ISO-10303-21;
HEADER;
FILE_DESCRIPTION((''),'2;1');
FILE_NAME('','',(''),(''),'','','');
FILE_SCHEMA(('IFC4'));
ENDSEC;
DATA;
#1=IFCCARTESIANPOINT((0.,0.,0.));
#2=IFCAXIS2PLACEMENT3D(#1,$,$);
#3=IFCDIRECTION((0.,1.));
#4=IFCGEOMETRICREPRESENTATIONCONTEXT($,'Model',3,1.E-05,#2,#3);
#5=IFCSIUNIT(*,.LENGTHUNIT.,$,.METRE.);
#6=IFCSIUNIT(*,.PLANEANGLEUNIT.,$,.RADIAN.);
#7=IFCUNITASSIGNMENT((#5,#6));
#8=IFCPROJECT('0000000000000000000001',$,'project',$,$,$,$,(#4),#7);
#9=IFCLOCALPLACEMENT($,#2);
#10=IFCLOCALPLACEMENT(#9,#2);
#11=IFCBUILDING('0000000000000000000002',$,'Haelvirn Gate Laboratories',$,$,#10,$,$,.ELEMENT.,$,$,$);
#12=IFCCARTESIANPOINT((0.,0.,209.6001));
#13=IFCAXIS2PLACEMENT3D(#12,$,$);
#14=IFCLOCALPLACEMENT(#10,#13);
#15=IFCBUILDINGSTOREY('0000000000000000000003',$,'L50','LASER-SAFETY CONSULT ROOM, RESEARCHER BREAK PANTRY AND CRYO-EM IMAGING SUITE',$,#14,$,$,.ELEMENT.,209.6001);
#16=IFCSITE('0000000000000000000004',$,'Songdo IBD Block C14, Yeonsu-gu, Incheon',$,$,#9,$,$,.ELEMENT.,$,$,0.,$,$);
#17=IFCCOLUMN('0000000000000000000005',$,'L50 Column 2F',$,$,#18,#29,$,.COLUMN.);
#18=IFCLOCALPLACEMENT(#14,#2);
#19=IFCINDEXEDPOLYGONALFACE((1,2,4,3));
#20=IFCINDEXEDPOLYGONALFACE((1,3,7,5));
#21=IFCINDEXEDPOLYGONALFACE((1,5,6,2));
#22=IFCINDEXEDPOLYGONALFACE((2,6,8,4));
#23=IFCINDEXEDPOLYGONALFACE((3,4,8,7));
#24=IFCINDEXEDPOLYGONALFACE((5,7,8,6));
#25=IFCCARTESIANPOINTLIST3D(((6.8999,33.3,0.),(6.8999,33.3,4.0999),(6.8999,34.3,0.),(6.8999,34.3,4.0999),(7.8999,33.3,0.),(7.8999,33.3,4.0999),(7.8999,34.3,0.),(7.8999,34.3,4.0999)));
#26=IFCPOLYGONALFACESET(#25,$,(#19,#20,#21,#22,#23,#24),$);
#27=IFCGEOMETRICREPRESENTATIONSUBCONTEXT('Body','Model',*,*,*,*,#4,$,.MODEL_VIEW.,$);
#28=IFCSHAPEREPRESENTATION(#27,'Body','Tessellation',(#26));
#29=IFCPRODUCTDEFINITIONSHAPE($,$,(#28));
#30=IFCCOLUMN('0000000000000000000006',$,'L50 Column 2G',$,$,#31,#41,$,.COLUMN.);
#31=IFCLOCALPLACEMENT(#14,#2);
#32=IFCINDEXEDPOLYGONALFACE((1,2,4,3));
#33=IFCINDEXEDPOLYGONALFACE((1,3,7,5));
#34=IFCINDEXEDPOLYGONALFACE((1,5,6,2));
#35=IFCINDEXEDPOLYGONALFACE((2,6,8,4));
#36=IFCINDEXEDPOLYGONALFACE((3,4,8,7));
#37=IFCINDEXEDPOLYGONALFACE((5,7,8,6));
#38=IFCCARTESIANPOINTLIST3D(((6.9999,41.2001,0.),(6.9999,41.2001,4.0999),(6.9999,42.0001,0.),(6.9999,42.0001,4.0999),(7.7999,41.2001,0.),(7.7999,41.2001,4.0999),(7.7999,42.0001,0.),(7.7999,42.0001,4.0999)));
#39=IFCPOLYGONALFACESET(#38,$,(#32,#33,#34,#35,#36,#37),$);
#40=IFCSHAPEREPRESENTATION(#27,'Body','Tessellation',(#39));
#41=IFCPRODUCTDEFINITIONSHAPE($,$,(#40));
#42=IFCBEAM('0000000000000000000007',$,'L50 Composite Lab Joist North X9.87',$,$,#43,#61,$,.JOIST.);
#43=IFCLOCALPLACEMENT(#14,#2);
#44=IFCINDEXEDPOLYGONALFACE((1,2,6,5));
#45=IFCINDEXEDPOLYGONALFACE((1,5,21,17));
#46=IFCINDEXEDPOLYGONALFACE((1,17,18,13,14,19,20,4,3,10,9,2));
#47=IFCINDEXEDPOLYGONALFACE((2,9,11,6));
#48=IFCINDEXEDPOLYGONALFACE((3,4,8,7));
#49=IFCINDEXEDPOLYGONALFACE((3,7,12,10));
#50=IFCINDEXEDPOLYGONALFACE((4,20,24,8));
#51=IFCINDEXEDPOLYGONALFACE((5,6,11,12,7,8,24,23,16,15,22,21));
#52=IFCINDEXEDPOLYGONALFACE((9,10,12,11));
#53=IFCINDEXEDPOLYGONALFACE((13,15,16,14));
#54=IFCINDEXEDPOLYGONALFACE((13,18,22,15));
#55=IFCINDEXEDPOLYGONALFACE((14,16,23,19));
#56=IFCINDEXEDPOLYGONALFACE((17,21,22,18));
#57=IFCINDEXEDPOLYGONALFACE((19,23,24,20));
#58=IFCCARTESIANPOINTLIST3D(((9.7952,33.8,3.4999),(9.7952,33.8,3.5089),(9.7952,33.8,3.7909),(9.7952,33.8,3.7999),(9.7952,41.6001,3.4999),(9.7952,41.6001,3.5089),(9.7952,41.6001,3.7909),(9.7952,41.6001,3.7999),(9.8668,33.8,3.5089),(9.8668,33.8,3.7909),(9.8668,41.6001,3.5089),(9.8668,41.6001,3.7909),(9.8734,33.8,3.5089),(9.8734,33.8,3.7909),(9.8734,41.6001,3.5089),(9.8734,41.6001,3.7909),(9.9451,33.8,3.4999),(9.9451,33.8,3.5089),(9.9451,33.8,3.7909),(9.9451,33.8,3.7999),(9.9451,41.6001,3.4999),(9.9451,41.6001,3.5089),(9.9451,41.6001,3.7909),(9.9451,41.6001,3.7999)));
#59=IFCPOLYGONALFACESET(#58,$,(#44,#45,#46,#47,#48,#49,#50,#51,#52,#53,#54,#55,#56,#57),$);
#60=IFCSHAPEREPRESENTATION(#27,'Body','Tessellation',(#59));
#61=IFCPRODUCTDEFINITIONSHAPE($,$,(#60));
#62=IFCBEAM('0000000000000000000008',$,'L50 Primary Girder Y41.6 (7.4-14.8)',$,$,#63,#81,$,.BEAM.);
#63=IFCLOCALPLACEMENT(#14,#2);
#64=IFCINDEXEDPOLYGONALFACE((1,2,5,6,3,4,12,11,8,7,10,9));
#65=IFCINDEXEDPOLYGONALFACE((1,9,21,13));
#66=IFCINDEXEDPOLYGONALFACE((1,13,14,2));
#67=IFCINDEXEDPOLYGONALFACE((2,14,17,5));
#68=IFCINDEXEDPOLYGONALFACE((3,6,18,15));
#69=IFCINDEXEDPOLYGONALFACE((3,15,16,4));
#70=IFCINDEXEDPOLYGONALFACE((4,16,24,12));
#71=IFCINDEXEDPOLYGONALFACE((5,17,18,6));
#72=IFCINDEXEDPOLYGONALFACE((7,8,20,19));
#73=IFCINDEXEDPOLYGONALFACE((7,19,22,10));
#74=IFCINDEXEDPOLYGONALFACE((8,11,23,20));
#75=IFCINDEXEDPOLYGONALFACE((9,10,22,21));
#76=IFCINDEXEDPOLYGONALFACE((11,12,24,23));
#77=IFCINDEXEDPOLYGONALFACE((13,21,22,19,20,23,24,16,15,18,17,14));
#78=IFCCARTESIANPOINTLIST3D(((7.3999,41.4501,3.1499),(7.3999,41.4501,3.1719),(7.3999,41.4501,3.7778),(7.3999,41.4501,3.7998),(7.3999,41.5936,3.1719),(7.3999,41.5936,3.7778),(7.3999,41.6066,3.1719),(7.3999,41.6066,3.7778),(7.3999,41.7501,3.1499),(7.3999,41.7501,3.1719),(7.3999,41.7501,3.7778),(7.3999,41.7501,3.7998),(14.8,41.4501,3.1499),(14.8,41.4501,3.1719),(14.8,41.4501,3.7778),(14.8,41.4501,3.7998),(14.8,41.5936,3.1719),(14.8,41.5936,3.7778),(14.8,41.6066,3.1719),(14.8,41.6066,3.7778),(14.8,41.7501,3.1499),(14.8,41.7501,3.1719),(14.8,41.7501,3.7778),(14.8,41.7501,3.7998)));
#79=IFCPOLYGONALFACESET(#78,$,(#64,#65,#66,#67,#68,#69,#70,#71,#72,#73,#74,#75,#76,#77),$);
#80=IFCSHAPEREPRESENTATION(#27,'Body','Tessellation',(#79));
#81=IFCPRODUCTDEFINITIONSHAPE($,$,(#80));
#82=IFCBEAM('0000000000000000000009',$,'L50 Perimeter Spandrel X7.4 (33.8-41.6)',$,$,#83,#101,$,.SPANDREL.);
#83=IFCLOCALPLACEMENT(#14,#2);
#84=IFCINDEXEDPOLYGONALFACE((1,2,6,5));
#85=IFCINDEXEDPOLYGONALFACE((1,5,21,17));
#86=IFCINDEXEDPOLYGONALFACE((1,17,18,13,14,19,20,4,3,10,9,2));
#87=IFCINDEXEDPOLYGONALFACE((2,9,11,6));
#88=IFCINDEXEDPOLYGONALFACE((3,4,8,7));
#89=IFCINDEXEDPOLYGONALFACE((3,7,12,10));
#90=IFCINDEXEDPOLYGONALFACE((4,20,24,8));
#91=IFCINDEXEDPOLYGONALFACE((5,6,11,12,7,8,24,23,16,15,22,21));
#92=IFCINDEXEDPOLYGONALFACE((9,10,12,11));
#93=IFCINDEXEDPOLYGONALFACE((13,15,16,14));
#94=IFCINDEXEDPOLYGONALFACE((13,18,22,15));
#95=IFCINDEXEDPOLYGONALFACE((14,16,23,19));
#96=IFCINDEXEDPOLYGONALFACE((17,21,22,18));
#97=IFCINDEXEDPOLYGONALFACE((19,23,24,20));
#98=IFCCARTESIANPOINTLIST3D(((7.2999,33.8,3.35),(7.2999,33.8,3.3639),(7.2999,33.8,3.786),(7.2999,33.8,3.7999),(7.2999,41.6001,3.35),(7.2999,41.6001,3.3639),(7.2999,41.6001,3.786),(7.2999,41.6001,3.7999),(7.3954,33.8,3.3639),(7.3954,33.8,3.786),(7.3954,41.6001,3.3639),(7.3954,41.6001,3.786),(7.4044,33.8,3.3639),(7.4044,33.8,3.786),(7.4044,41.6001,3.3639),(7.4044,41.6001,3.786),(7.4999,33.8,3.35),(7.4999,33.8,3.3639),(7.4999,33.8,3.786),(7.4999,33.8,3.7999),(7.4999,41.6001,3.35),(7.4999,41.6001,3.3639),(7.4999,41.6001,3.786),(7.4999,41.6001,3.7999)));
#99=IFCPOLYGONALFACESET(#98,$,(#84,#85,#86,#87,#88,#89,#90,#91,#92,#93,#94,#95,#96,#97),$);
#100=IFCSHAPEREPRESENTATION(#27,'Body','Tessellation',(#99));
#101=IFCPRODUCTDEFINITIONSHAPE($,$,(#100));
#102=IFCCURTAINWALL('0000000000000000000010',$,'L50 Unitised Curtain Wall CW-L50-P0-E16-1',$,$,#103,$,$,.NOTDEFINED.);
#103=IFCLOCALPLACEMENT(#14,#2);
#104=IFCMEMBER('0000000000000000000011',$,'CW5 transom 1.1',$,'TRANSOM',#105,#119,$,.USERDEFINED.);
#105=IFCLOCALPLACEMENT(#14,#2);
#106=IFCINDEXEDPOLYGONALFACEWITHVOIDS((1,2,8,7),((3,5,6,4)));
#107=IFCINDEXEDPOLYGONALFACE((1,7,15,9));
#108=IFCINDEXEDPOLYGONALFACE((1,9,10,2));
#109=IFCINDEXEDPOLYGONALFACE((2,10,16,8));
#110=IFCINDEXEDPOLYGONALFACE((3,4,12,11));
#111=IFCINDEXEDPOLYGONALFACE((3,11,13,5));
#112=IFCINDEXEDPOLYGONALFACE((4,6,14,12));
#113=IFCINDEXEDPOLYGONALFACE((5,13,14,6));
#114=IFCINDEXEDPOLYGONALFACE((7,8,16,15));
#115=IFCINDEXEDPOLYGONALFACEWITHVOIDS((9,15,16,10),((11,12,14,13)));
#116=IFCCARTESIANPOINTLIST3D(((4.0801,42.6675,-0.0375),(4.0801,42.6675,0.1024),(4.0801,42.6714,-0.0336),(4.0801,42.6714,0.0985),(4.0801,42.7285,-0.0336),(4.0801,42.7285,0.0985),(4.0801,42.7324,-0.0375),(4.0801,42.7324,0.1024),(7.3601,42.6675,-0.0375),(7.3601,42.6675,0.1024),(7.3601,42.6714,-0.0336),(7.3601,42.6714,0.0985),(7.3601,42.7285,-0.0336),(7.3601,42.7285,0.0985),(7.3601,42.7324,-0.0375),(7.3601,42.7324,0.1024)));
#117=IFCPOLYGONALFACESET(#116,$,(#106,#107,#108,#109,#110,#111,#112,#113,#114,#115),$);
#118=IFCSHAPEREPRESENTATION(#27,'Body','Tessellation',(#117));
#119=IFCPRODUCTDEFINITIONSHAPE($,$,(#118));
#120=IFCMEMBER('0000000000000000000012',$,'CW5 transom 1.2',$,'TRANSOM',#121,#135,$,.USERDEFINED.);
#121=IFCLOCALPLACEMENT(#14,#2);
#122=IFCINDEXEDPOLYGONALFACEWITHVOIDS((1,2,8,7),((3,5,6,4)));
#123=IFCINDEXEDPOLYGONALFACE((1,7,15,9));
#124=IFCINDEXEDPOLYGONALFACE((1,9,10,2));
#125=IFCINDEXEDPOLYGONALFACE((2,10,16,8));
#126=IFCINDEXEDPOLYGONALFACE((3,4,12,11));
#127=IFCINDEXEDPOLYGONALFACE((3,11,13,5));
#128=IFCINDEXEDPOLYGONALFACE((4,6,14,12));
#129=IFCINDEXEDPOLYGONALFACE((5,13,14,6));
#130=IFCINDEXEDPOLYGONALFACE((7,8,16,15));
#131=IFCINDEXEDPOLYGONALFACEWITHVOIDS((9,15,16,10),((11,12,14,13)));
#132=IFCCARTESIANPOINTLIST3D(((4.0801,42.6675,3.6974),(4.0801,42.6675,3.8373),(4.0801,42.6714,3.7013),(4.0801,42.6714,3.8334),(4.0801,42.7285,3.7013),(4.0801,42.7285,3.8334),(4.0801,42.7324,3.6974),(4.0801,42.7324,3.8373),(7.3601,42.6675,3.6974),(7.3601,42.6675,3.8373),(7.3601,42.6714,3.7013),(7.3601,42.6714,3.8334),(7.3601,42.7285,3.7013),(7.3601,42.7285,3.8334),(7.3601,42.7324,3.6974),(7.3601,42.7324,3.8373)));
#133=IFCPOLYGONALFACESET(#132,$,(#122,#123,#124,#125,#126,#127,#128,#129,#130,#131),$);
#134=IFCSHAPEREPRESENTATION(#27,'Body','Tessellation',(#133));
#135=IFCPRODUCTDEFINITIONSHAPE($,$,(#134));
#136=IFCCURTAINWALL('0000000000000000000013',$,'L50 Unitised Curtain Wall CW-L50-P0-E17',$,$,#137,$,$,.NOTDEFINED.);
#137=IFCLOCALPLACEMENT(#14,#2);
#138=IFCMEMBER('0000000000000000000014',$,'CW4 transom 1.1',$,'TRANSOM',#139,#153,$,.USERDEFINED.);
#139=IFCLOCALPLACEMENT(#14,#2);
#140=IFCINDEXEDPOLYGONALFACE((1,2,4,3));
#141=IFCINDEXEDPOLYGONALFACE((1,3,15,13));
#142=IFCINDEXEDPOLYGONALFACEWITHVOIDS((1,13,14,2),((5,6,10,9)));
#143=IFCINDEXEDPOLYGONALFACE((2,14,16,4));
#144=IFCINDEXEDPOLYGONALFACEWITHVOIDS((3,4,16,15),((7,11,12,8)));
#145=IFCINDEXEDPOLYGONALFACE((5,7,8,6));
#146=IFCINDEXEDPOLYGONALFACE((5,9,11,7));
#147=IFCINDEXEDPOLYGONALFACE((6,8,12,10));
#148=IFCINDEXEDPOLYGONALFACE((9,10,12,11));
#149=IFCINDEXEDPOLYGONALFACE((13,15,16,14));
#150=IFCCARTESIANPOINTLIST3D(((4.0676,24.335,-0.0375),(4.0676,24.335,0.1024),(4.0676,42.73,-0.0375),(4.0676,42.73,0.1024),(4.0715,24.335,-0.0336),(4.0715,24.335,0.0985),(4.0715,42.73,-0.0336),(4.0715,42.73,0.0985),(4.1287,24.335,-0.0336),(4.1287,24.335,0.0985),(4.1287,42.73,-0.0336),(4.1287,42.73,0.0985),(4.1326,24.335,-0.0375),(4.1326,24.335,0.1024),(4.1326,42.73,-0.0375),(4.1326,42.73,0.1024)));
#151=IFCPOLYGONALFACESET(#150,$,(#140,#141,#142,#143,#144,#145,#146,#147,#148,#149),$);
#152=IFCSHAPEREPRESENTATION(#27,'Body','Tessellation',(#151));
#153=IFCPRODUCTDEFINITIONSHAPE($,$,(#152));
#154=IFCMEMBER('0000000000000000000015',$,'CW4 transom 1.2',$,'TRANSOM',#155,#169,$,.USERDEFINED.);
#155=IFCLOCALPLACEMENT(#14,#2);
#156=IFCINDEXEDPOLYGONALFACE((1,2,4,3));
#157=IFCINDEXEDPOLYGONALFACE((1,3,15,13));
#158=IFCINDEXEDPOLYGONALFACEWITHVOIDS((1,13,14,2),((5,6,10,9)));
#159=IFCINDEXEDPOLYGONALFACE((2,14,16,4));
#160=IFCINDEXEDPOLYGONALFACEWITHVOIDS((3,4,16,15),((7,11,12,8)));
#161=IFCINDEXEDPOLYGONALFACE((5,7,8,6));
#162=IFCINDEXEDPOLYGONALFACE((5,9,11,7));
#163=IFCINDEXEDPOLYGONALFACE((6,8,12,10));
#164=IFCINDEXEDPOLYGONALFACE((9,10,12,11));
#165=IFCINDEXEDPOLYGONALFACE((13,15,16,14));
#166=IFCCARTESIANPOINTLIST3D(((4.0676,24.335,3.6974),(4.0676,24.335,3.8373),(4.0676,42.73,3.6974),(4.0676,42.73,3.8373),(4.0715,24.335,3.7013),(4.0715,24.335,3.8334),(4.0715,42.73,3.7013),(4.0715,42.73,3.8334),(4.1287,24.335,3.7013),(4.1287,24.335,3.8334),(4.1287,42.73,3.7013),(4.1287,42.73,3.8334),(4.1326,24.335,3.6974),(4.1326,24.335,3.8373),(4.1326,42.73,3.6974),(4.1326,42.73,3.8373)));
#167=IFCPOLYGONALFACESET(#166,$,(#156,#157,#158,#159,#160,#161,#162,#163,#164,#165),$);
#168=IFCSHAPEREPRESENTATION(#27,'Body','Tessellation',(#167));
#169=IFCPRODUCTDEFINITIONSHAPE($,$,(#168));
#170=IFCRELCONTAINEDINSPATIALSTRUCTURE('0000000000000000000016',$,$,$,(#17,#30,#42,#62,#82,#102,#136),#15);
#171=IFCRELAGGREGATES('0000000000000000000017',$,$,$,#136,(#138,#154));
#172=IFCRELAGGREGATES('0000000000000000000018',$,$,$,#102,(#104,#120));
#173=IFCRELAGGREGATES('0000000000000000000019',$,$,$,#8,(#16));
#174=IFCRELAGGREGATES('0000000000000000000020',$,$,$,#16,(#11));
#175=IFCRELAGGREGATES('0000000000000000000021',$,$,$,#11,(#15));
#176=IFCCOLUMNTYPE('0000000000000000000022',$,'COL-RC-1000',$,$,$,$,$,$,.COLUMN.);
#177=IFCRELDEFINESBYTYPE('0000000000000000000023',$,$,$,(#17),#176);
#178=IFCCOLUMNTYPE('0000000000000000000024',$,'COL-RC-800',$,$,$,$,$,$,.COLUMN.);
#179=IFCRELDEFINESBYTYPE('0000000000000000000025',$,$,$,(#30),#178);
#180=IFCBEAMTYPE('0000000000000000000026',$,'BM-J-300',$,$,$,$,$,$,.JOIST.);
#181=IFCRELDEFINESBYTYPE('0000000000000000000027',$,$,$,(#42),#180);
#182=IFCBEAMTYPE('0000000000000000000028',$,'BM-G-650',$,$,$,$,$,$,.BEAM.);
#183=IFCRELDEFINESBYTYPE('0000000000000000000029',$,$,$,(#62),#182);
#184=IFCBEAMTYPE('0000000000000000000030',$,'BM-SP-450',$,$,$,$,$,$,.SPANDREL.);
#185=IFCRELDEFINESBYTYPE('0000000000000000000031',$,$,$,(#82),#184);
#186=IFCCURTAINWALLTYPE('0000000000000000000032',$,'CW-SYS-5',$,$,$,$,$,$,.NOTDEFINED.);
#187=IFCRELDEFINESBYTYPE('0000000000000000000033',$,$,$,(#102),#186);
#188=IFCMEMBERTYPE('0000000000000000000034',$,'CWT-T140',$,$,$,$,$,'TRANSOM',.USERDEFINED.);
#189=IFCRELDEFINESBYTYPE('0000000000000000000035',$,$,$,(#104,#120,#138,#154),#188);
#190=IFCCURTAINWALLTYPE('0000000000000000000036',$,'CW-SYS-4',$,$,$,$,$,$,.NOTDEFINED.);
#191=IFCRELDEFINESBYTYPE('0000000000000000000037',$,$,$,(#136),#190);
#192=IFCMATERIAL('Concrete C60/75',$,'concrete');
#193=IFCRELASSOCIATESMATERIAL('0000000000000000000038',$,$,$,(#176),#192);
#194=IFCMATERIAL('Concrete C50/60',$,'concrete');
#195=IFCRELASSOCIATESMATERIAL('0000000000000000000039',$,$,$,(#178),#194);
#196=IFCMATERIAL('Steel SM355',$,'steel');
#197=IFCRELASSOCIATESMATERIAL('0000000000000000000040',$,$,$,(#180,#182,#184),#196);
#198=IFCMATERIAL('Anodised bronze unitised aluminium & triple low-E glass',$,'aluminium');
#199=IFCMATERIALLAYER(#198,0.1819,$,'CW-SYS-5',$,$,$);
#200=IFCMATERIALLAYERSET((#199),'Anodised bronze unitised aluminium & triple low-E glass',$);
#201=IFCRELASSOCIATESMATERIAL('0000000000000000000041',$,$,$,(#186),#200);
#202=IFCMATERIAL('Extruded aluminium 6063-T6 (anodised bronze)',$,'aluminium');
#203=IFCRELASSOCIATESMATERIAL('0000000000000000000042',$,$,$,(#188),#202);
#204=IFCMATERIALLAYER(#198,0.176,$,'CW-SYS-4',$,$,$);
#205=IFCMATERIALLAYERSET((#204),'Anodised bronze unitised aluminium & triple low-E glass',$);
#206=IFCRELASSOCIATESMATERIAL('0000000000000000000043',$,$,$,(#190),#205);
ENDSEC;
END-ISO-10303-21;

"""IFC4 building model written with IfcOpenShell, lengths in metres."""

from ifc_helpers import new_model, si_unit, direction, frame, origin, origin_2d, place, context, subcontext, project, spatial, rectangle, hollow_rectangle, i_section, extrude, source, transform, mapped, material, layer, layer_set, material_profile, profile_set, type_object, type_shapes, element, aggregate, save


model = new_model("IFC4")

# Units and contexts
model_context = context("Model", 3, precision=1e-05, world=origin(), true_north=direction((0.0, 1.0)))
body_context = subcontext(model_context, "Body", "Model", "MODEL_VIEW")
ifc_project = project(units=[si_unit("LENGTHUNIT", "METRE"), si_unit("PLANEANGLEUNIT", "RADIAN")], contexts=[model_context])

# Site, building, storey
site_placement = place(None, origin())
site = spatial("IfcSite", under=ifc_project, at=site_placement, Name="Songdo IBD Block C14, Yeonsu-gu, Incheon", CompositionType="ELEMENT", RefElevation=0.0)
building_placement = place(site_placement, origin())
building = spatial("IfcBuilding", under=site, at=building_placement, Name="Haelvirn Gate Laboratories", CompositionType="ELEMENT")
storey_placement = place(building_placement, frame((0.0, 0.0, 209.6001)))
storey = spatial("IfcBuildingStorey", under=building, at=storey_placement, Name="L50", Description="LASER-SAFETY CONSULT ROOM, RESEARCHER BREAK PANTRY AND CRYO-EM IMAGING SUITE", CompositionType="ELEMENT", Elevation=209.6001)

# Columns
ifc_material_1 = material(Name="Concrete C60/75", Category="concrete")
ifc_material_profile_1 = material_profile(ifc_material_1, rectangle(XDim=1.0, YDim=1.0, at=origin_2d()), Name="RC-1000x1000")
ifc_profile_set_1 = profile_set([ifc_material_profile_1], Name="Concrete C60/75")
column_type_1 = type_object("IfcColumnType", Name="COL-RC-1000", PredefinedType="COLUMN", material=ifc_profile_set_1)
shared_shape_1 = source(origin(), body_context, "Body", "SweptSolid", [
    extrude(rectangle(XDim=1.0, YDim=1.0, at=origin_2d()), origin(), (0.0, 0.0, 1.0), 4.0999),
])
type_shapes(column_type_1, [shared_shape_1])
column_1_placement = place(storey_placement, frame((7.3999, 33.8, 0.0), z_axis=(0.0, 0.0, 1.0), x_axis=(1.0, 0.0, 0.0)))
element("IfcColumn", 1, at=column_1_placement, inside=storey, type_object=column_type_1, Name="L50 Column 2F", PredefinedType="COLUMN", context=body_context, shape_type="MappedRepresentation", body=[
    mapped(shared_shape_1, transform((0.0, 0.0, 0.0), scale=1.0)),
])
ifc_material_2 = material(Name="Concrete C50/60", Category="concrete")
ifc_material_profile_2 = material_profile(ifc_material_2, rectangle(XDim=0.8, YDim=0.8, at=origin_2d()), Name="RC-800x800")
ifc_profile_set_2 = profile_set([ifc_material_profile_2], Name="Concrete C50/60")
column_type_2 = type_object("IfcColumnType", Name="COL-RC-800", PredefinedType="COLUMN", material=ifc_profile_set_2)
shared_shape_2 = source(origin(), body_context, "Body", "SweptSolid", [
    extrude(rectangle(XDim=0.8, YDim=0.8, at=origin_2d()), origin(), (0.0, 0.0, 1.0), 4.0999),
])
type_shapes(column_type_2, [shared_shape_2])
column_2_placement = place(storey_placement, frame((7.3999, 41.6001, 0.0), z_axis=(0.0, 0.0, 1.0), x_axis=(1.0, 0.0, 0.0)))
element("IfcColumn", 2, at=column_2_placement, inside=storey, type_object=column_type_2, Name="L50 Column 2G", PredefinedType="COLUMN", context=body_context, shape_type="MappedRepresentation", body=[
    mapped(shared_shape_2, transform((0.0, 0.0, 0.0), scale=1.0)),
])

# Beams
ifc_material_3 = material(Name="Steel SM355", Category="steel")
ifc_material_profile_3 = material_profile(ifc_material_3, i_section(OverallWidth=0.1499, OverallDepth=0.3, WebThickness=0.0066, FlangeThickness=0.009, at=origin_2d()), Name="H-300x150x6.5x9")
ifc_profile_set_3 = profile_set([ifc_material_profile_3], Name="Steel SM355")
beam_type_1 = type_object("IfcBeamType", Name="BM-J-300", PredefinedType="JOIST", material=ifc_profile_set_3)
shared_shape_3 = source(origin(), body_context, "Body", "SweptSolid", [
    extrude(i_section(OverallWidth=0.1499, OverallDepth=0.3, WebThickness=0.0066, FlangeThickness=0.009, at=origin_2d()), origin(), (0.0, 0.0, 1.0), 7.8),
])
type_shapes(beam_type_1, [shared_shape_3])
beam_1_placement = place(storey_placement, frame((9.8701, 33.8, 3.6499), z_axis=(0.0, 1.0, 0.0), x_axis=(-1.0, 0.0, 0.0)))
element("IfcBeam", 3, at=beam_1_placement, inside=storey, type_object=beam_type_1, Name="L50 Composite Lab Joist North X9.87", PredefinedType="JOIST", context=body_context, shape_type="MappedRepresentation", body=[
    mapped(shared_shape_3, transform((0.0, 0.0, 0.0), scale=1.0)),
])
ifc_material_profile_4 = material_profile(ifc_material_3, i_section(OverallWidth=0.3, OverallDepth=0.6499, WebThickness=0.0129, FlangeThickness=0.022, at=origin_2d()), Name="H-650x300x13x22")
ifc_profile_set_4 = profile_set([ifc_material_profile_4], Name="Steel SM355")
beam_type_2 = type_object("IfcBeamType", Name="BM-G-650", PredefinedType="BEAM", material=ifc_profile_set_4)
shared_shape_4 = source(origin(), body_context, "Body", "SweptSolid", [
    extrude(i_section(OverallWidth=0.3, OverallDepth=0.6499, WebThickness=0.0129, FlangeThickness=0.022, at=origin_2d()), origin(), (0.0, 0.0, 1.0), 7.4001),
])
type_shapes(beam_type_2, [shared_shape_4])
beam_2_placement = place(storey_placement, frame((7.3999, 41.6001, 3.4749), z_axis=(1.0, 0.0, 0.0), x_axis=(0.0, 1.0, 0.0)))
element("IfcBeam", 4, at=beam_2_placement, inside=storey, type_object=beam_type_2, Name="L50 Primary Girder Y41.6 (7.4-14.8)", PredefinedType="BEAM", context=body_context, shape_type="MappedRepresentation", body=[
    mapped(shared_shape_4, transform((0.0, 0.0, 0.0), scale=1.0)),
])
ifc_material_profile_5 = material_profile(ifc_material_3, i_section(OverallWidth=0.2, OverallDepth=0.45, WebThickness=0.009, FlangeThickness=0.0139, at=origin_2d()), Name="H-450x200x9x14")
ifc_profile_set_5 = profile_set([ifc_material_profile_5], Name="Steel SM355")
beam_type_3 = type_object("IfcBeamType", Name="BM-SP-450", PredefinedType="SPANDREL", material=ifc_profile_set_5)
shared_shape_5 = source(origin(), body_context, "Body", "SweptSolid", [
    extrude(i_section(OverallWidth=0.2, OverallDepth=0.45, WebThickness=0.009, FlangeThickness=0.0139, at=origin_2d()), origin(), (0.0, 0.0, 1.0), 7.8),
])
type_shapes(beam_type_3, [shared_shape_5])
beam_3_placement = place(storey_placement, frame((7.3999, 33.8, 3.575), z_axis=(0.0, 1.0, 0.0), x_axis=(-1.0, 0.0, 0.0)))
element("IfcBeam", 5, at=beam_3_placement, inside=storey, type_object=beam_type_3, Name="L50 Perimeter Spandrel X7.4 (33.8-41.6)", PredefinedType="SPANDREL", context=body_context, shape_type="MappedRepresentation", body=[
    mapped(shared_shape_5, transform((0.0, 0.0, 0.0), scale=1.0)),
])

# Curtain walls, members
ifc_material_4 = material(Name="Anodised bronze unitised aluminium & triple low-E glass", Category="aluminium")
ifc_layer_1 = layer(ifc_material_4, 0.1819, Name="CW-SYS-5")
ifc_layer_set_1 = layer_set([ifc_layer_1], Name="Anodised bronze unitised aluminium & triple low-E glass")
curtain_wall_type_1 = type_object("IfcCurtainWallType", Name="CW-SYS-5", PredefinedType="NOTDEFINED", material=ifc_layer_set_1)
curtain_wall_1_placement = place(storey_placement, origin())
curtain_wall_1 = element("IfcCurtainWall", 6, at=curtain_wall_1_placement, inside=storey, type_object=curtain_wall_type_1, Name="L50 Unitised Curtain Wall CW-L50-P0-E16-1", PredefinedType="NOTDEFINED")
ifc_material_5 = material(Name="Extruded aluminium 6063-T6 (anodised bronze)", Category="aluminium")
ifc_material_profile_6 = material_profile(ifc_material_5, hollow_rectangle(XDim=0.0649, YDim=0.1399, WallThickness=0.0039, at=origin_2d()), Name="CWT-140x65x4")
ifc_profile_set_6 = profile_set([ifc_material_profile_6], Name="Extruded aluminium 6063-T6 (anodised bronze)")
member_type_1 = type_object("IfcMemberType", Name="CWT-T140", ElementType="TRANSOM", PredefinedType="USERDEFINED", material=ifc_profile_set_6)
shared_shape_6 = source(origin(), body_context, "Body", "SweptSolid", [
    extrude(hollow_rectangle(XDim=0.0649, YDim=0.1399, WallThickness=0.0039, at=origin_2d()), origin(), (0.0, 0.0, 1.0), 3.28),
])
member_1_placement = place(storey_placement, frame((4.0801, 42.7, 0.0325), z_axis=(1.0, 0.0, 0.0), x_axis=(0.0, 1.0, 0.0)))
member_1 = element("IfcMember", 7, at=member_1_placement, type_object=member_type_1, Name="CW5 transom 1.1", ObjectType="TRANSOM", PredefinedType="USERDEFINED", context=body_context, shape_type="MappedRepresentation", body=[
    mapped(shared_shape_6, transform((0.0, 0.0, 0.0), scale=1.0)),
])
member_2_placement = place(storey_placement, frame((4.0801, 42.7, 3.7673), z_axis=(1.0, 0.0, 0.0), x_axis=(0.0, 1.0, 0.0)))
member_2 = element("IfcMember", 8, at=member_2_placement, type_object=member_type_1, Name="CW5 transom 1.2", ObjectType="TRANSOM", PredefinedType="USERDEFINED", context=body_context, shape_type="MappedRepresentation", body=[
    mapped(shared_shape_6, transform((0.0, 0.0, 0.0), scale=1.0)),
])
ifc_layer_2 = layer(ifc_material_4, 0.176, Name="CW-SYS-4")
ifc_layer_set_2 = layer_set([ifc_layer_2], Name="Anodised bronze unitised aluminium & triple low-E glass")
curtain_wall_type_2 = type_object("IfcCurtainWallType", Name="CW-SYS-4", PredefinedType="NOTDEFINED", material=ifc_layer_set_2)
curtain_wall_2_placement = place(storey_placement, origin())
curtain_wall_2 = element("IfcCurtainWall", 9, at=curtain_wall_2_placement, inside=storey, type_object=curtain_wall_type_2, Name="L50 Unitised Curtain Wall CW-L50-P0-E17", PredefinedType="NOTDEFINED")
shared_shape_7 = source(origin(), body_context, "Body", "SweptSolid", [
    extrude(hollow_rectangle(XDim=0.0649, YDim=0.1399, WallThickness=0.0039, at=origin_2d()), origin(), (0.0, 0.0, 1.0), 18.395),
])
member_3_placement = place(storey_placement, frame((4.1001, 42.73, 0.0325), z_axis=(0.0, -1.0, 0.0), x_axis=(1.0, 0.0, 0.0)))
member_3 = element("IfcMember", 10, at=member_3_placement, type_object=member_type_1, Name="CW4 transom 1.1", ObjectType="TRANSOM", PredefinedType="USERDEFINED", context=body_context, shape_type="MappedRepresentation", body=[
    mapped(shared_shape_7, transform((0.0, 0.0, 0.0), scale=1.0)),
])
member_4_placement = place(storey_placement, frame((4.1001, 42.73, 3.7673), z_axis=(0.0, -1.0, 0.0), x_axis=(1.0, 0.0, 0.0)))
member_4 = element("IfcMember", 11, at=member_4_placement, type_object=member_type_1, Name="CW4 transom 1.2", ObjectType="TRANSOM", PredefinedType="USERDEFINED", context=body_context, shape_type="MappedRepresentation", body=[
    mapped(shared_shape_7, transform((0.0, 0.0, 0.0), scale=1.0)),
])

aggregate(curtain_wall_2, [member_3, member_4])

aggregate(curtain_wall_1, [member_1, member_2])

save(model, "model.ifc")
